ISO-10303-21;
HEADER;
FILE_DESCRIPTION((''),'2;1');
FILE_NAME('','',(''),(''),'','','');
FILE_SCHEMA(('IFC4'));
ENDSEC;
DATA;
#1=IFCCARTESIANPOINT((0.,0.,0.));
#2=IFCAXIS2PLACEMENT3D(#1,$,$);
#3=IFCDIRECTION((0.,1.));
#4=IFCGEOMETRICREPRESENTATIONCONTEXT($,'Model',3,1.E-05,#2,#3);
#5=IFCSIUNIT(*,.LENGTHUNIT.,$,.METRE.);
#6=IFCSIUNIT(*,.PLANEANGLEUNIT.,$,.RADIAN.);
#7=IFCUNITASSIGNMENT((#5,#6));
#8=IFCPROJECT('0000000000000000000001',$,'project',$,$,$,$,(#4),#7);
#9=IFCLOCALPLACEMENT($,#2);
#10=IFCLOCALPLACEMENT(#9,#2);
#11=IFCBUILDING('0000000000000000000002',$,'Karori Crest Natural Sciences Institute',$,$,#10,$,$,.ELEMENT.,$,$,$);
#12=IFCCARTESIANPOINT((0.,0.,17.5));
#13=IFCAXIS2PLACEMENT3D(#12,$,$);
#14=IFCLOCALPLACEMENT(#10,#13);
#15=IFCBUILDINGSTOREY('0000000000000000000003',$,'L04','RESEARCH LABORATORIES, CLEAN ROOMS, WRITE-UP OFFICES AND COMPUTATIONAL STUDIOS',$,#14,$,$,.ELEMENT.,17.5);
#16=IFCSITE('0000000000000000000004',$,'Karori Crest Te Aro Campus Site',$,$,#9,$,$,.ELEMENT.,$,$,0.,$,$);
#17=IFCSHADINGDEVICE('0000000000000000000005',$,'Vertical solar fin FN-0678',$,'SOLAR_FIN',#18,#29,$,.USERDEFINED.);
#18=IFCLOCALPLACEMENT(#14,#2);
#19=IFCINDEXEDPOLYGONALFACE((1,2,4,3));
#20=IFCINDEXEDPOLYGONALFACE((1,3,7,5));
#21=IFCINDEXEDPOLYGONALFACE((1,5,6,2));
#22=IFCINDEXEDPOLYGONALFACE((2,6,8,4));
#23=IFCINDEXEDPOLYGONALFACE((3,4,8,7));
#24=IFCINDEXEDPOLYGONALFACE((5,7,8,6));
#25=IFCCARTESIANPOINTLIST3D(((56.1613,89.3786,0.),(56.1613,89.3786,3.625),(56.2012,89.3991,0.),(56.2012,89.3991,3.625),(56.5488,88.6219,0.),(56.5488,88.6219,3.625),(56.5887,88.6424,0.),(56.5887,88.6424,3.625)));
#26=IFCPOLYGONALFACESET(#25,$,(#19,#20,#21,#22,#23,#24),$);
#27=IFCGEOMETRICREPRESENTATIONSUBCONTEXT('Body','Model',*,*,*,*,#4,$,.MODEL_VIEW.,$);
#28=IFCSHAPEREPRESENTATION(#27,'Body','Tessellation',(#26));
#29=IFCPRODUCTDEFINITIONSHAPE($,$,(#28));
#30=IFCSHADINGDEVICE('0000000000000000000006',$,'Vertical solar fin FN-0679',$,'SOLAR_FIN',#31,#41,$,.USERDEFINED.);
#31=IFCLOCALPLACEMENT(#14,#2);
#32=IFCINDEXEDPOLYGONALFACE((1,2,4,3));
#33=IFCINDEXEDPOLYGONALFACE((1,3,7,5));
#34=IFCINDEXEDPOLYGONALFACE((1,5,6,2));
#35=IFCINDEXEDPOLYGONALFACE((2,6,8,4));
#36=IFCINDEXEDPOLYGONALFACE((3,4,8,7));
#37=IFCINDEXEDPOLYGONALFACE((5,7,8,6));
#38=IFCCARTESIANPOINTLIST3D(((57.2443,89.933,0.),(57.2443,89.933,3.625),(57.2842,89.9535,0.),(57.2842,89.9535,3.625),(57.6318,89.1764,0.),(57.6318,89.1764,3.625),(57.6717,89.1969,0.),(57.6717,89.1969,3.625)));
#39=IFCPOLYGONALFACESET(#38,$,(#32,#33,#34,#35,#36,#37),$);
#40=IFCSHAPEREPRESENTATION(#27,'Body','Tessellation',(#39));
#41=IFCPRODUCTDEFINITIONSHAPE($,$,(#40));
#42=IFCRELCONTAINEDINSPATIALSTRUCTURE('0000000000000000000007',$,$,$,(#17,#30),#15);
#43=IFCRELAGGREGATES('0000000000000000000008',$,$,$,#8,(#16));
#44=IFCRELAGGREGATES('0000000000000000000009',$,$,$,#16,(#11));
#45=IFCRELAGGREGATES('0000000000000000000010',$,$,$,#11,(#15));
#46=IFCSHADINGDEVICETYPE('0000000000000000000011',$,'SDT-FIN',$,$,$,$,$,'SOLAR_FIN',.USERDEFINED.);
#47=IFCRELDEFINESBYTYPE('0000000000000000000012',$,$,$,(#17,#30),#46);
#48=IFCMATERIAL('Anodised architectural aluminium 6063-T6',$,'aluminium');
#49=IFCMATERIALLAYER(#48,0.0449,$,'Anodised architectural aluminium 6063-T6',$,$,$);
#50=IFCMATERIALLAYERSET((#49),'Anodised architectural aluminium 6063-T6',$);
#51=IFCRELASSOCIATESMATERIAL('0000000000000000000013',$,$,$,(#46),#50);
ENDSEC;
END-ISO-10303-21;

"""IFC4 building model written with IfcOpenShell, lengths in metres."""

from ifc_helpers import new_model, si_unit, direction, frame, origin, origin_2d, place, context, subcontext, project, spatial, rectangle, extrude, material, layer, layer_set, type_object, element, save


model = new_model("IFC4")

# Units and contexts
model_context = context("Model", 3, precision=1e-05, world=origin(), true_north=direction((0.0, 1.0)))
body_context = subcontext(model_context, "Body", "Model", "MODEL_VIEW")
ifc_project = project(units=[si_unit("LENGTHUNIT", "METRE"), si_unit("PLANEANGLEUNIT", "RADIAN")], contexts=[model_context])

# Site, building, storey
site_placement = place(None, origin())
site = spatial("IfcSite", under=ifc_project, at=site_placement, Name="Karori Crest Te Aro Campus Site", CompositionType="ELEMENT", RefElevation=0.0)
building_placement = place(site_placement, origin())
building = spatial("IfcBuilding", under=site, at=building_placement, Name="Karori Crest Natural Sciences Institute", CompositionType="ELEMENT")
storey_placement = place(building_placement, frame((0.0, 0.0, 17.5)))
storey = spatial("IfcBuildingStorey", under=building, at=storey_placement, Name="L04", Description="RESEARCH LABORATORIES, CLEAN ROOMS, WRITE-UP OFFICES AND COMPUTATIONAL STUDIOS", CompositionType="ELEMENT", Elevation=17.5)

# Shared definitions
ifc_material_1 = material(Name="Anodised architectural aluminium 6063-T6", Category="aluminium")

# Shading devices
ifc_layer_1 = layer(ifc_material_1, 0.0449, Name="Anodised architectural aluminium 6063-T6")
ifc_layer_set_1 = layer_set([ifc_layer_1], Name="Anodised architectural aluminium 6063-T6")
shading_device_type = type_object("IfcShadingDeviceType", Name="SDT-FIN", ElementType="SOLAR_FIN", PredefinedType="USERDEFINED", material=ifc_layer_set_1)
for number, where, z_axis, x_axis, name in (
    (1, (56.375, 89.0105, 0.0), (0.0, 0.0, 1.0), (-0.455829, 0.890067, 0.0), "Vertical solar fin FN-0678"),
    (2, (57.458, 89.5649, 0.0), (0.0, 0.0, 1.0), (-0.455829, 0.890067, 0.0), "Vertical solar fin FN-0679"),
):
    element("IfcShadingDevice", number, at=place(storey_placement, frame(where, z_axis=z_axis, x_axis=x_axis)), inside=storey, type_object=shading_device_type, Name=name, ObjectType="SOLAR_FIN", PredefinedType="USERDEFINED", context=body_context, shape_type="SweptSolid", body=[
        extrude(rectangle(XDim=0.8501, YDim=0.0449, at=origin_2d()), origin(), (0.0, 0.0, 1.0), 3.625),
    ])

save(model, "model.ifc")
